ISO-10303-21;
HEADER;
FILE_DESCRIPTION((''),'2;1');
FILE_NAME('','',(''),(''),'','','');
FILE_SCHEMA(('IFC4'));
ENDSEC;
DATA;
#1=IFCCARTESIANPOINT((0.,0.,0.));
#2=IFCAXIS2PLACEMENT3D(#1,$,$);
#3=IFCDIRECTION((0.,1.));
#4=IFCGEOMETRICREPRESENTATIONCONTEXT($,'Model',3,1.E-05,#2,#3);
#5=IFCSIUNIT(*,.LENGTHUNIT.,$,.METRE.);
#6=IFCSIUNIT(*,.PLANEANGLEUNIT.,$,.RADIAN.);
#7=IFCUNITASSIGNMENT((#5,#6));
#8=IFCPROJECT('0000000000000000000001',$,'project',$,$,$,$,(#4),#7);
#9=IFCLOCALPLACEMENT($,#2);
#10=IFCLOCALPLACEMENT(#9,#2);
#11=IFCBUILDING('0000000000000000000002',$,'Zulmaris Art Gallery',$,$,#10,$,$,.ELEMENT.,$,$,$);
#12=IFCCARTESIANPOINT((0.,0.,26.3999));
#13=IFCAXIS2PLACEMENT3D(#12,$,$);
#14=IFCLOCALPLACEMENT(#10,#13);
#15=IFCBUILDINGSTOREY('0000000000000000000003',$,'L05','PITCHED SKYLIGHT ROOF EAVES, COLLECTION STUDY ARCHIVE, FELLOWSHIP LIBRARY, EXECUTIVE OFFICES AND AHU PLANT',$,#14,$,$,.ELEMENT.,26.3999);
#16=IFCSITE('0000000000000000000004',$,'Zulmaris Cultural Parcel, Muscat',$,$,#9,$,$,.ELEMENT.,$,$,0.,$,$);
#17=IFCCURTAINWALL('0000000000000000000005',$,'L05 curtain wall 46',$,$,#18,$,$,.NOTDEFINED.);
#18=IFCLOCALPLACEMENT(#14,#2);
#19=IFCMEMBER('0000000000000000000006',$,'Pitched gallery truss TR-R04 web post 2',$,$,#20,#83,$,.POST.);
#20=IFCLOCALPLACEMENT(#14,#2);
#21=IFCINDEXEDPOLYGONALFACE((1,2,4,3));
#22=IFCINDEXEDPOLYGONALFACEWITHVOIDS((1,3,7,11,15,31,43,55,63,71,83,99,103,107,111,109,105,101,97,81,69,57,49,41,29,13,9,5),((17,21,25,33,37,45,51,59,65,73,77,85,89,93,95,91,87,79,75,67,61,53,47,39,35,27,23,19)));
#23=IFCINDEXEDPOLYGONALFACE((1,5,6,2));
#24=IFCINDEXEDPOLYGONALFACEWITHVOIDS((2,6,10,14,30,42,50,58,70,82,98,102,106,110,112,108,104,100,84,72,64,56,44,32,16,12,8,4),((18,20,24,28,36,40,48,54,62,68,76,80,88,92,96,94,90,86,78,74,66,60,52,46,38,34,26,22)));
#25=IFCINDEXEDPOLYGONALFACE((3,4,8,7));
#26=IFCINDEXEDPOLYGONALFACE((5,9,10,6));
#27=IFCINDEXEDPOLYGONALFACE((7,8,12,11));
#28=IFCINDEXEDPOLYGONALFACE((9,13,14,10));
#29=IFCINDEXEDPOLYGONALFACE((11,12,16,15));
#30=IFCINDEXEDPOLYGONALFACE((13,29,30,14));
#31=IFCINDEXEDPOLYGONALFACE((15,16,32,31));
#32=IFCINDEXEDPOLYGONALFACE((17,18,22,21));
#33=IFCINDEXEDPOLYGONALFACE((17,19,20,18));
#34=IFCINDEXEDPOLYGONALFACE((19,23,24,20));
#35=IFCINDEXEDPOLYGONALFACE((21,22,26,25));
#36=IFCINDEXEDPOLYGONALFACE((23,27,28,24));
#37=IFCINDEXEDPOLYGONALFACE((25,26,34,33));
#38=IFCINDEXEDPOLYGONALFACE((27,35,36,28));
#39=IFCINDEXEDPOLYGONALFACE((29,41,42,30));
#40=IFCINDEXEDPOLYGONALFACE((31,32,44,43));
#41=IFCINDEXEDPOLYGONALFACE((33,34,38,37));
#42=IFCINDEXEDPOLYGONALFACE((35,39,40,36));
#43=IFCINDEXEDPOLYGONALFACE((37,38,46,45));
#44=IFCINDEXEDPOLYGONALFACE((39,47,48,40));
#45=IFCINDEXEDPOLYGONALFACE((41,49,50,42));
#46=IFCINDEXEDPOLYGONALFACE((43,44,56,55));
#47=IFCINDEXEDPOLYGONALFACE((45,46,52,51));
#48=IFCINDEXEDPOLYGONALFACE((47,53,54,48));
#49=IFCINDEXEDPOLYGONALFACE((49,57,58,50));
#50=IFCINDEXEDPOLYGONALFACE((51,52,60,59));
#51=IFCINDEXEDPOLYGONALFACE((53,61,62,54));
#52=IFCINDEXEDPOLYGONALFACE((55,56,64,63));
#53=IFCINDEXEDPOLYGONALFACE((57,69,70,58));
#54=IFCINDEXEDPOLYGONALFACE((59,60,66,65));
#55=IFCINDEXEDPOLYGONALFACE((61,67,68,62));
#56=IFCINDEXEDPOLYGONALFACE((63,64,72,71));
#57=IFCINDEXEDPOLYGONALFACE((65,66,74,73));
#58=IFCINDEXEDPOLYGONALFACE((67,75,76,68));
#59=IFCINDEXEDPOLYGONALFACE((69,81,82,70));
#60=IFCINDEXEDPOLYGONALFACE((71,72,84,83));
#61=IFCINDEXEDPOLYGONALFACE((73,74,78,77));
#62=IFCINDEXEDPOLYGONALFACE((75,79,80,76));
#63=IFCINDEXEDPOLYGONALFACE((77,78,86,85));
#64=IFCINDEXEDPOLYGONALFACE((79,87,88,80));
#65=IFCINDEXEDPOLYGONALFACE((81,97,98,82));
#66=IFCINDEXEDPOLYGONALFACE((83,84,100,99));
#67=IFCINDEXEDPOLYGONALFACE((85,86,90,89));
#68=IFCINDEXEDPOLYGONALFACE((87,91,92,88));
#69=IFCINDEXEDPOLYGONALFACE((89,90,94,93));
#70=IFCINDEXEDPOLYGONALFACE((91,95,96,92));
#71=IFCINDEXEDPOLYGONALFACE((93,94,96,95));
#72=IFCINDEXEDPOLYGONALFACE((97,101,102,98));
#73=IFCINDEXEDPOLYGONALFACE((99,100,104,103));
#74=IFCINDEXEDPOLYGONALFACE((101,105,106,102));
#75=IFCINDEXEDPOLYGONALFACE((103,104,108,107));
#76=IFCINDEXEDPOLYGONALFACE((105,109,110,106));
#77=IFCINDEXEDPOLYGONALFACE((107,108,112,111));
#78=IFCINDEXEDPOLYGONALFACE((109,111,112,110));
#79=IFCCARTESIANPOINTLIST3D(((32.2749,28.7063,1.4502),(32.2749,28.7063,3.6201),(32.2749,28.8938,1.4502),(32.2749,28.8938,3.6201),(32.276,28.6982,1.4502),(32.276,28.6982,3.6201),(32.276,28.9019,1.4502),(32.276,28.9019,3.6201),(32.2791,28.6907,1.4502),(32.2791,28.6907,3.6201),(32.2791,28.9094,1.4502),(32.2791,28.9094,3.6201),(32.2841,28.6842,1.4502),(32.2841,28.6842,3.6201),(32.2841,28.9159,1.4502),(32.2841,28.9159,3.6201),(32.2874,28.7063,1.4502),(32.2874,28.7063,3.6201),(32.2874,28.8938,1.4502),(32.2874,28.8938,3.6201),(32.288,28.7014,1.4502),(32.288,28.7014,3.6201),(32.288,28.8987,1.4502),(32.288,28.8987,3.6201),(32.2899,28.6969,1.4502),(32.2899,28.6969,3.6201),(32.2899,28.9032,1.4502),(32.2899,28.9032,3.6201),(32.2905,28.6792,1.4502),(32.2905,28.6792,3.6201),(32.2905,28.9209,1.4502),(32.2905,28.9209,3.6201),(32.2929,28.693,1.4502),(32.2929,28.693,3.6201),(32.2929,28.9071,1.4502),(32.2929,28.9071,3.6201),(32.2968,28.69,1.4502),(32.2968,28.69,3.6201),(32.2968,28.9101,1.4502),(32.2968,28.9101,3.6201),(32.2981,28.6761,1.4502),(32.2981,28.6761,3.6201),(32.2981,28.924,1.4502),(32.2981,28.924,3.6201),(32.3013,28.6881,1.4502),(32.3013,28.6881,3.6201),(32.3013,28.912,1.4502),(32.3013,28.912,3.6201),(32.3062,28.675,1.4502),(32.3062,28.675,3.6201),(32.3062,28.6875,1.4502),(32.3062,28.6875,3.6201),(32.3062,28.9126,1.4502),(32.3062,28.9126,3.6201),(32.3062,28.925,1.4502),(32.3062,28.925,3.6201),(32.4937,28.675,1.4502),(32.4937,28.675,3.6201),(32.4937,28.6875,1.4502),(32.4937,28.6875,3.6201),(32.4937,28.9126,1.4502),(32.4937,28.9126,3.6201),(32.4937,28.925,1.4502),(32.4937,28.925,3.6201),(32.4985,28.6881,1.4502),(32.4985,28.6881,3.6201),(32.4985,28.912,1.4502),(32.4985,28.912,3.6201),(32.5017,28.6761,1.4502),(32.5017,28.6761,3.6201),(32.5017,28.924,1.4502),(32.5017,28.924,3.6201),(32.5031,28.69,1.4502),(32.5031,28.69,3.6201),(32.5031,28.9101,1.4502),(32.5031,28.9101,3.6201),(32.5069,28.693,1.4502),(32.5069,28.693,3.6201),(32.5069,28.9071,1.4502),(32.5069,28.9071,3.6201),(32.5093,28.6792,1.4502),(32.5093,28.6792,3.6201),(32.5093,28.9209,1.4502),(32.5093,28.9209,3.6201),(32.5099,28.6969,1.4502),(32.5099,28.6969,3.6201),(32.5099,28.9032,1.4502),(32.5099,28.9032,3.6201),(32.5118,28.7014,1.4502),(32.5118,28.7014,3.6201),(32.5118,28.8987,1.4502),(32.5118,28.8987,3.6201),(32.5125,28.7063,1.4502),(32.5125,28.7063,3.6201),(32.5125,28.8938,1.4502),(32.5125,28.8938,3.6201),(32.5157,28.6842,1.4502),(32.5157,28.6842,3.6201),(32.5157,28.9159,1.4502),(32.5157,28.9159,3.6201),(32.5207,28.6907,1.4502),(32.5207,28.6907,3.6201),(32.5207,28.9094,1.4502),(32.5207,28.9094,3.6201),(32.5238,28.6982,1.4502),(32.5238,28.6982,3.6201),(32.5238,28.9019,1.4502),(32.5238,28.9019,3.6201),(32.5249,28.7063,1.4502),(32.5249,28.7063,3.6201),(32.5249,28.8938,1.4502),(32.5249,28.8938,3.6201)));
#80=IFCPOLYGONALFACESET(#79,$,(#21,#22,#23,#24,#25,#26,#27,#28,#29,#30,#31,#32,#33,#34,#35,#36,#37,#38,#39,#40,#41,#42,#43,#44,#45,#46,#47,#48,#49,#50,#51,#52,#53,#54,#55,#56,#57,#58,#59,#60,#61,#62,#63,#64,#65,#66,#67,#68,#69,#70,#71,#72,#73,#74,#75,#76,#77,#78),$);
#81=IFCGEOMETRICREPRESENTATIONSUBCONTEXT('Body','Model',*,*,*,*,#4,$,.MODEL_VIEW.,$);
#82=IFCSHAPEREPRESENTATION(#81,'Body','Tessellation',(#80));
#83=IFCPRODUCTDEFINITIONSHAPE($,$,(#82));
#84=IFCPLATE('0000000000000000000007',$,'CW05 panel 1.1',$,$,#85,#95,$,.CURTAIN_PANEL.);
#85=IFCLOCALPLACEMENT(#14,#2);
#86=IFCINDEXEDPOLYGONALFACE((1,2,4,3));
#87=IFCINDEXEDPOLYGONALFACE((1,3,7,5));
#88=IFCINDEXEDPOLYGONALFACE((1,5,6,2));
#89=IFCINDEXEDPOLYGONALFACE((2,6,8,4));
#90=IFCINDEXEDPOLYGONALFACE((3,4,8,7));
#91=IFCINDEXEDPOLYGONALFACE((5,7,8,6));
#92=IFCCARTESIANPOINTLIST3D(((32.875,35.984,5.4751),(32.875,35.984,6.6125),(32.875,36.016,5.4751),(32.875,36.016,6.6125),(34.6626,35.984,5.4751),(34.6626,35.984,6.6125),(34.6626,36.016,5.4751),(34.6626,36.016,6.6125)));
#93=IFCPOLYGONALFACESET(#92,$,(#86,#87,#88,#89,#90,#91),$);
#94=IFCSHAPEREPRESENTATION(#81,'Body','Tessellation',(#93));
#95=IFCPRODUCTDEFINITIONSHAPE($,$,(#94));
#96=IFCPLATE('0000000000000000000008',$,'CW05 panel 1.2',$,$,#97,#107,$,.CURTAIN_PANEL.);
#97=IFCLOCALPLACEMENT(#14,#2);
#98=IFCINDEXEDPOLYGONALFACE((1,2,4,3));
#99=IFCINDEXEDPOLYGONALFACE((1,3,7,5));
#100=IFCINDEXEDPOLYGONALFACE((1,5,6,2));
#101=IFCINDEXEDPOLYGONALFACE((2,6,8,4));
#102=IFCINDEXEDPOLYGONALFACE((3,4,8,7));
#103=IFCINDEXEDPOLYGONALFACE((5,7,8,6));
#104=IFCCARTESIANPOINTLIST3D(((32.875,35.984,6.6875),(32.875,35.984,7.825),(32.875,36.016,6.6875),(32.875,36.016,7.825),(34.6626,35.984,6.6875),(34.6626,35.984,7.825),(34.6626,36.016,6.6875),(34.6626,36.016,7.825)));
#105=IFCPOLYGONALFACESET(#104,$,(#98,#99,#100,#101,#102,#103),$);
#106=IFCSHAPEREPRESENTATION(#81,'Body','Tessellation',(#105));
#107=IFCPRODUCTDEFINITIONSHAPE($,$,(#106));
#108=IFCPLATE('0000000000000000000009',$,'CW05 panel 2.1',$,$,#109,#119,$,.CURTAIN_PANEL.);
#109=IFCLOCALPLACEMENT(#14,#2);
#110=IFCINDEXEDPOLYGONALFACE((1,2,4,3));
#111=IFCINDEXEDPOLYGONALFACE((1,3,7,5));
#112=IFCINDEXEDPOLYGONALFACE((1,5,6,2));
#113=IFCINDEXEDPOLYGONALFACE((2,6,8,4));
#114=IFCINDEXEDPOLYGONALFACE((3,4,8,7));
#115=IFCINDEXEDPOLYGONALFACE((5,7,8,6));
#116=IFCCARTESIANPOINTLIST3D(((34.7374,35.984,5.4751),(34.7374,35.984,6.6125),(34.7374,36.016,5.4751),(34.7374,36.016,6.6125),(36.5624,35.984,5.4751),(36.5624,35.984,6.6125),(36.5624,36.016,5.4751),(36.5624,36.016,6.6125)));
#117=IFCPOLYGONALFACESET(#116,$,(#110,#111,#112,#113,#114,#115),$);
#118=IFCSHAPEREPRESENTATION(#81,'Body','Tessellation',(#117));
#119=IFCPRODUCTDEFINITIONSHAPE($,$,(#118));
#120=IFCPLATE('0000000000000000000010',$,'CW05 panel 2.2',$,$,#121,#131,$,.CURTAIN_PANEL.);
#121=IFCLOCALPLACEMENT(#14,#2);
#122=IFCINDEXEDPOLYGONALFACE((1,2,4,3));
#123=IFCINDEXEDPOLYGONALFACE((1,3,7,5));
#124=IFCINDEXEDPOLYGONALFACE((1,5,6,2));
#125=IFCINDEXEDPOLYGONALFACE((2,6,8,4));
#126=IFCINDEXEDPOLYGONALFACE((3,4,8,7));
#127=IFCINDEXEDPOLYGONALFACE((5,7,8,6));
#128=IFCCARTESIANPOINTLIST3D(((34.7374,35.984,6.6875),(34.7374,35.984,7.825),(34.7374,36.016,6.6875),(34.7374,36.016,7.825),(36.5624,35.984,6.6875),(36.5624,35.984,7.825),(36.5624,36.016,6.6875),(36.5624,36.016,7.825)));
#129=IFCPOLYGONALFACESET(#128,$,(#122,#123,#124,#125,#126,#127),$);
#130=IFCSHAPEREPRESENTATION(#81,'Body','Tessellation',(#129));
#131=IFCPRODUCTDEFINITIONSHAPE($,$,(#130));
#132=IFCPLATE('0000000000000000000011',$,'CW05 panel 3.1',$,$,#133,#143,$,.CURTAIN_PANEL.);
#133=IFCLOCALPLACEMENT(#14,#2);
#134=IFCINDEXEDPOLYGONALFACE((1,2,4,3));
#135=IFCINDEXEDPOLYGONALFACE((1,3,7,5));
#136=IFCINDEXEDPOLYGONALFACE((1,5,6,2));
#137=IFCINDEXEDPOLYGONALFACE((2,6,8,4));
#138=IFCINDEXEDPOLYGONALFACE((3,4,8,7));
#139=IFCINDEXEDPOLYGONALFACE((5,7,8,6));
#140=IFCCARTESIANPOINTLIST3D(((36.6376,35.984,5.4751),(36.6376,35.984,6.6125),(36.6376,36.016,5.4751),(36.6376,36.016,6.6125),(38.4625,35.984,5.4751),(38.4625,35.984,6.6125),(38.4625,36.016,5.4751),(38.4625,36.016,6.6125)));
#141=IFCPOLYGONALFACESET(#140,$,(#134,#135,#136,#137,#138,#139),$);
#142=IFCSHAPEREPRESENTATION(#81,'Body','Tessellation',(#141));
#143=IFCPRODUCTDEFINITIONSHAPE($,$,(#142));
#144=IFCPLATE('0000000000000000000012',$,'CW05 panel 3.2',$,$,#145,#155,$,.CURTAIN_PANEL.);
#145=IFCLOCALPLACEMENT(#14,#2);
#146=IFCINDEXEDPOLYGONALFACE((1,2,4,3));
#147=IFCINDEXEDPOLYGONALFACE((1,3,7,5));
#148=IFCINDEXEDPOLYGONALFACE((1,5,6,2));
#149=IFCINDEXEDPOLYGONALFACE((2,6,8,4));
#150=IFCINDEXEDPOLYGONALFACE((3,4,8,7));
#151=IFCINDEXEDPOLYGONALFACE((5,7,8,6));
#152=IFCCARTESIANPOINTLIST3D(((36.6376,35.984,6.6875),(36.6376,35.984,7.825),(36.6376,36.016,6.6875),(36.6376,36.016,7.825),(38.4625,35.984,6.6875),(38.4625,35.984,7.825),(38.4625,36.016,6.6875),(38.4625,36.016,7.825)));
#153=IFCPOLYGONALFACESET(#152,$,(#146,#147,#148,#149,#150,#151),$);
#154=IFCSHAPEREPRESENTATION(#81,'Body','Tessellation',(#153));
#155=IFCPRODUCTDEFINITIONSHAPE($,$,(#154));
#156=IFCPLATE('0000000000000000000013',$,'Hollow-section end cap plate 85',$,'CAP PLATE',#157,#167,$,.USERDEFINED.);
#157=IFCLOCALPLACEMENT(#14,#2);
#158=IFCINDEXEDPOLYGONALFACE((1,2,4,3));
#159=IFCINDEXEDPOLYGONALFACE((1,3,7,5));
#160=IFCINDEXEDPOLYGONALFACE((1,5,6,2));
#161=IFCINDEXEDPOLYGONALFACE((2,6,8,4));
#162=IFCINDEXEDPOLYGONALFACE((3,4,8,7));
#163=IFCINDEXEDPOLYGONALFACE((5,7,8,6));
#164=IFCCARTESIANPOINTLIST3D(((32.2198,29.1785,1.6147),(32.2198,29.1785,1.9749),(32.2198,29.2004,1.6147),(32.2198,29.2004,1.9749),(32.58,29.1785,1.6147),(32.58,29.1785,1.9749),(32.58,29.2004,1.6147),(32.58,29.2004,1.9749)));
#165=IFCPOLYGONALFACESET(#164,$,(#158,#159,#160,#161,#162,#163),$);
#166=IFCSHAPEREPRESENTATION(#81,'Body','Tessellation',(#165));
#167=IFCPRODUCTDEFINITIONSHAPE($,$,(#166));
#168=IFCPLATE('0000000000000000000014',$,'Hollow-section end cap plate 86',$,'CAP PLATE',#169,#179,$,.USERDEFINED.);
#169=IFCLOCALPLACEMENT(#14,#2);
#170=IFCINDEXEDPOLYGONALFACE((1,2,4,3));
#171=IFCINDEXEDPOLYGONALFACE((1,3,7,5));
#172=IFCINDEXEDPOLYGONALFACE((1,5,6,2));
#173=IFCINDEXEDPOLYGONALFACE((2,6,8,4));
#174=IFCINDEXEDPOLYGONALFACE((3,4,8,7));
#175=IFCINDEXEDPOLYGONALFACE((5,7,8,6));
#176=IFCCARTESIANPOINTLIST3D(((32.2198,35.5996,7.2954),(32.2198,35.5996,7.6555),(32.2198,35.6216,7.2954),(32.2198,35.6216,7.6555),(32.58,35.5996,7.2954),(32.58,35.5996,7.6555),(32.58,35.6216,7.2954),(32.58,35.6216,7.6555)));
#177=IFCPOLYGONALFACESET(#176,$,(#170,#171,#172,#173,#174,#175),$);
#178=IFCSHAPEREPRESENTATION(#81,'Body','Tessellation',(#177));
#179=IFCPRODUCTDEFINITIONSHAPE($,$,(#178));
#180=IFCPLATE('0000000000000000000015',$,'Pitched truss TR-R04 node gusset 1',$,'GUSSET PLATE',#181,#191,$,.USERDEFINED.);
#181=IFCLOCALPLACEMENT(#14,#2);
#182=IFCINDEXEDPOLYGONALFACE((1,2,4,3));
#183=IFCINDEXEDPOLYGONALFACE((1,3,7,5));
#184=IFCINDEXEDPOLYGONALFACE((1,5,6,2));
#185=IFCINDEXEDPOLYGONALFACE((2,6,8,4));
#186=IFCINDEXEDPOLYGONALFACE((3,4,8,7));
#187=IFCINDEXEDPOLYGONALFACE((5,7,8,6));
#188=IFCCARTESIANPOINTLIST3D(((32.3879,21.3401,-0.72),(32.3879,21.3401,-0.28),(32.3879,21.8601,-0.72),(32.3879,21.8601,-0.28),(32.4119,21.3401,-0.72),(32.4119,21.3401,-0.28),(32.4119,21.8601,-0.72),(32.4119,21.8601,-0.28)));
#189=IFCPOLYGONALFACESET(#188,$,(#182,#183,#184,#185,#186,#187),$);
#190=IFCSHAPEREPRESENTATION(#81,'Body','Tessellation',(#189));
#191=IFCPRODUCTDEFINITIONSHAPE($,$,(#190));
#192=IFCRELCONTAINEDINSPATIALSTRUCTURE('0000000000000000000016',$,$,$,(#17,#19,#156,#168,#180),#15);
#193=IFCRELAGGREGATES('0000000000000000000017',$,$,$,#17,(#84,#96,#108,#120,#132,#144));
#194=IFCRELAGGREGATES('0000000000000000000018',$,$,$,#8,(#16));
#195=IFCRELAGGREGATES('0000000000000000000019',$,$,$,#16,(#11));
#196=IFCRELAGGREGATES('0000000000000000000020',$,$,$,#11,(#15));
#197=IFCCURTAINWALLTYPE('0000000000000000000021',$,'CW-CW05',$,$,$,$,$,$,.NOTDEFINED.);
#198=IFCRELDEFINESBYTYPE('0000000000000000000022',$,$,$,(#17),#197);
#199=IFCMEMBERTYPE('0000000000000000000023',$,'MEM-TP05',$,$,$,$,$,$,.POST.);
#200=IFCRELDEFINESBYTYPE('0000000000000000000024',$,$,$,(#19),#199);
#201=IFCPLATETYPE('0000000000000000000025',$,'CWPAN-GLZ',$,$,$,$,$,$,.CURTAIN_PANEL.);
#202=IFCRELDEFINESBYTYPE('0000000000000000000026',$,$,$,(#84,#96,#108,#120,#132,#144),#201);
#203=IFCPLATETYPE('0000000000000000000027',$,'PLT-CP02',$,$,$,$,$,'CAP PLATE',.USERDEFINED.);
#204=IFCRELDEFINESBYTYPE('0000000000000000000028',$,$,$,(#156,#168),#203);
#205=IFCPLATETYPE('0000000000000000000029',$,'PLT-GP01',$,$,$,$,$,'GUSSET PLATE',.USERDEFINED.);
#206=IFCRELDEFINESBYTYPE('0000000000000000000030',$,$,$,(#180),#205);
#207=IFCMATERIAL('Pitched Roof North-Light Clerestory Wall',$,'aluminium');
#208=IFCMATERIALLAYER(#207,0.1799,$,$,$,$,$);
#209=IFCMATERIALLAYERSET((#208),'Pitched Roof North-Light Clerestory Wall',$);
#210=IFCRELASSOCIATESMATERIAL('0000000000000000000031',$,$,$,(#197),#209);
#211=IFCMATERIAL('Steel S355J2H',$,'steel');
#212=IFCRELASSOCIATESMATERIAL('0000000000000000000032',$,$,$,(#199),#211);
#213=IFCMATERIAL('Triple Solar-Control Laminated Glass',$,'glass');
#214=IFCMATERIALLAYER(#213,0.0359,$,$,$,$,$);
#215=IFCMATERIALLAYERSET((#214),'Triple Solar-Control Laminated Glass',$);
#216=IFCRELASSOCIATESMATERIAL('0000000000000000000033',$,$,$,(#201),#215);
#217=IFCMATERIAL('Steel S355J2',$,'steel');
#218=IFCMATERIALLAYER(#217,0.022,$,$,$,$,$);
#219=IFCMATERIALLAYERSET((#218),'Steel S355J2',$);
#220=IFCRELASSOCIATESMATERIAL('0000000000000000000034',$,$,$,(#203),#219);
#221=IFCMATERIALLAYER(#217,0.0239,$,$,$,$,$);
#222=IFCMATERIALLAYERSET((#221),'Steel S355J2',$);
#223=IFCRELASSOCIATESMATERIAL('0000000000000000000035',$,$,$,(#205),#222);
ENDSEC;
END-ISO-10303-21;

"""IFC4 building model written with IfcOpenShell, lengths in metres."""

from ifc_helpers import new_model, si_unit, direction, frame, origin, origin_2d, place, context, subcontext, project, spatial, rectangle, hollow_rectangle, extrude, material, layer, layer_set, material_profile, profile_set, type_object, element, aggregate, save


model = new_model("IFC4")

# Units and contexts
model_context = context("Model", 3, precision=1e-05, world=origin(), true_north=direction((0.0, 1.0)))
body_context = subcontext(model_context, "Body", "Model", "MODEL_VIEW")
ifc_project = project(units=[si_unit("LENGTHUNIT", "METRE"), si_unit("PLANEANGLEUNIT", "RADIAN")], contexts=[model_context])

# Site, building, storey
site_placement = place(None, origin())
site = spatial("IfcSite", under=ifc_project, at=site_placement, Name="Zulmaris Cultural Parcel, Muscat", CompositionType="ELEMENT", RefElevation=0.0)
building_placement = place(site_placement, origin())
building = spatial("IfcBuilding", under=site, at=building_placement, Name="Zulmaris Art Gallery", CompositionType="ELEMENT")
storey_placement = place(building_placement, frame((0.0, 0.0, 26.3999)))
storey = spatial("IfcBuildingStorey", under=building, at=storey_placement, Name="L05", Description="PITCHED SKYLIGHT ROOF EAVES, COLLECTION STUDY ARCHIVE, FELLOWSHIP LIBRARY, EXECUTIVE OFFICES AND AHU PLANT", CompositionType="ELEMENT", Elevation=26.3999)

# Curtain wall
ifc_material_1 = material(Name="Pitched Roof North-Light Clerestory Wall", Category="aluminium")
ifc_layer_1 = layer(ifc_material_1, 0.1799)
ifc_layer_set_1 = layer_set([ifc_layer_1], Name="Pitched Roof North-Light Clerestory Wall")
curtain_wall_type = type_object("IfcCurtainWallType", Name="CW-CW05", PredefinedType="NOTDEFINED", material=ifc_layer_set_1)
curtain_wall_placement = place(storey_placement, origin())
curtain_wall = element("IfcCurtainWall", 1, at=curtain_wall_placement, inside=storey, type_object=curtain_wall_type, Name="L05 curtain wall 46", PredefinedType="NOTDEFINED")

# Member
ifc_material_2 = material(Name="Steel S355J2", Category="steel")
ifc_material_3 = material(Name="Steel S355J2H", Category="steel")
ifc_material_profile_1 = material_profile(ifc_material_3, hollow_rectangle(XDim=0.25, YDim=0.25, WallThickness=0.0125, InnerFilletRadius=0.0188, OuterFilletRadius=0.0312, at=origin_2d()), Name="SHS 250x250x12.5")
ifc_profile_set_1 = profile_set([ifc_material_profile_1], Name="Steel S355J2H")
member_type_1 = type_object("IfcMemberType", Name="MEM-TP05", PredefinedType="POST", material=ifc_profile_set_1)
member_1_placement = place(storey_placement, frame((32.3999, 28.8, 1.4502), z_axis=(0.0, 0.0, 1.0), x_axis=(1.0, 0.0, 0.0)))
element("IfcMember", 2, at=member_1_placement, inside=storey, type_object=member_type_1, Name="Pitched gallery truss TR-R04 web post 2", PredefinedType="POST", context=body_context, shape_type="SweptSolid", body=[
    extrude(hollow_rectangle(XDim=0.25, YDim=0.25, WallThickness=0.0125, InnerFilletRadius=0.0188, OuterFilletRadius=0.0312, at=origin_2d()), origin(), (0.0, 0.0, 1.0), 2.1699),
])

# Plates
ifc_material_4 = material(Name="Triple Solar-Control Laminated Glass", Category="glass")
ifc_layer_2 = layer(ifc_material_4, 0.0359)
ifc_layer_set_2 = layer_set([ifc_layer_2], Name="Triple Solar-Control Laminated Glass")
plate_type_1 = type_object("IfcPlateType", Name="CWPAN-GLZ", PredefinedType="CURTAIN_PANEL", material=ifc_layer_set_2)
plate_1_placement = place(storey_placement, frame((33.7688, 36.0, 5.4751), z_axis=(0.0, 0.0, 1.0), x_axis=(1.0, 0.0, 0.0)))
plate_1 = element("IfcPlate", 3, at=plate_1_placement, type_object=plate_type_1, Name="CW05 panel 1.1", PredefinedType="CURTAIN_PANEL", context=body_context, shape_type="SweptSolid", body=[
    extrude(rectangle(XDim=1.7876, YDim=0.032, at=origin_2d()), origin(), (0.0, 0.0, 1.0), 1.1375),
])
plate_2_placement = place(storey_placement, frame((33.7688, 36.0, 6.6875), z_axis=(0.0, 0.0, 1.0), x_axis=(1.0, 0.0, 0.0)))
plate_2 = element("IfcPlate", 4, at=plate_2_placement, type_object=plate_type_1, Name="CW05 panel 1.2", PredefinedType="CURTAIN_PANEL", context=body_context, shape_type="SweptSolid", body=[
    extrude(rectangle(XDim=1.7876, YDim=0.032, at=origin_2d()), origin(), (0.0, 0.0, 1.0), 1.1375),
])
plate_3_placement = place(storey_placement, frame((35.6499, 36.0, 5.4751), z_axis=(0.0, 0.0, 1.0), x_axis=(1.0, 0.0, 0.0)))
plate_3 = element("IfcPlate", 5, at=plate_3_placement, type_object=plate_type_1, Name="CW05 panel 2.1", PredefinedType="CURTAIN_PANEL", context=body_context, shape_type="SweptSolid", body=[
    extrude(rectangle(XDim=1.825, YDim=0.032, at=origin_2d()), origin(), (0.0, 0.0, 1.0), 1.1375),
])
plate_4_placement = place(storey_placement, frame((35.6499, 36.0, 6.6875), z_axis=(0.0, 0.0, 1.0), x_axis=(1.0, 0.0, 0.0)))
plate_4 = element("IfcPlate", 6, at=plate_4_placement, type_object=plate_type_1, Name="CW05 panel 2.2", PredefinedType="CURTAIN_PANEL", context=body_context, shape_type="SweptSolid", body=[
    extrude(rectangle(XDim=1.825, YDim=0.032, at=origin_2d()), origin(), (0.0, 0.0, 1.0), 1.1375),
])
plate_5_placement = place(storey_placement, frame((37.55, 36.0, 5.4751), z_axis=(0.0, 0.0, 1.0), x_axis=(1.0, 0.0, 0.0)))
plate_5 = element("IfcPlate", 7, at=plate_5_placement, type_object=plate_type_1, Name="CW05 panel 3.1", PredefinedType="CURTAIN_PANEL", context=body_context, shape_type="SweptSolid", body=[
    extrude(rectangle(XDim=1.825, YDim=0.032, at=origin_2d()), origin(), (0.0, 0.0, 1.0), 1.1375),
])
plate_6_placement = place(storey_placement, frame((37.55, 36.0, 6.6875), z_axis=(0.0, 0.0, 1.0), x_axis=(1.0, 0.0, 0.0)))
plate_6 = element("IfcPlate", 8, at=plate_6_placement, type_object=plate_type_1, Name="CW05 panel 3.2", PredefinedType="CURTAIN_PANEL", context=body_context, shape_type="SweptSolid", body=[
    extrude(rectangle(XDim=1.825, YDim=0.032, at=origin_2d()), origin(), (0.0, 0.0, 1.0), 1.1375),
])
aggregate(curtain_wall, [plate_1, plate_2, plate_3, plate_4, plate_5, plate_6])

# Plates
ifc_layer_3 = layer(ifc_material_2, 0.022)
ifc_layer_set_3 = layer_set([ifc_layer_3], Name="Steel S355J2")
plate_type_2 = type_object("IfcPlateType", Name="PLT-CP02", ElementType="CAP PLATE", PredefinedType="USERDEFINED", material=ifc_layer_set_3)
for number, where, z_axis, x_axis, name in (
    (9, (32.3999, 29.1895, 1.6147), (0.0, 0.0, 1.0), (1.0, 0.0, 0.0), "Hollow-section end cap plate 85"),
    (10, (32.3999, 35.6106, 7.2954), (0.0, 0.0, 1.0), (1.0, 0.0, 0.0), "Hollow-section end cap plate 86"),
):
    element("IfcPlate", number, at=place(storey_placement, frame(where, z_axis=z_axis, x_axis=x_axis)), inside=storey, type_object=plate_type_2, Name=name, ObjectType="CAP PLATE", PredefinedType="USERDEFINED", context=body_context, shape_type="SweptSolid", body=[
        extrude(rectangle(XDim=0.3601, YDim=0.022, at=origin_2d()), origin(), (0.0, 0.0, 1.0), 0.3601),
    ])
ifc_layer_4 = layer(ifc_material_2, 0.0239)
ifc_layer_set_4 = layer_set([ifc_layer_4], Name="Steel S355J2")
plate_type_3 = type_object("IfcPlateType", Name="PLT-GP01", ElementType="GUSSET PLATE", PredefinedType="USERDEFINED", material=ifc_layer_set_4)
for number, where, z_axis, x_axis, name in (
    (11, (32.3999, 21.6001, -0.72), (0.0, 0.0, 1.0), (1.0, 0.0, 0.0), "Pitched truss TR-R04 node gusset 1"),
):
    element("IfcPlate", number, at=place(storey_placement, frame(where, z_axis=z_axis, x_axis=x_axis)), inside=storey, type_object=plate_type_3, Name=name, ObjectType="GUSSET PLATE", PredefinedType="USERDEFINED", context=body_context, shape_type="SweptSolid", body=[
        extrude(rectangle(XDim=0.0239, YDim=0.52, at=origin_2d()), origin(), (0.0, 0.0, 1.0), 0.4399),
    ])

save(model, "model.ifc")
